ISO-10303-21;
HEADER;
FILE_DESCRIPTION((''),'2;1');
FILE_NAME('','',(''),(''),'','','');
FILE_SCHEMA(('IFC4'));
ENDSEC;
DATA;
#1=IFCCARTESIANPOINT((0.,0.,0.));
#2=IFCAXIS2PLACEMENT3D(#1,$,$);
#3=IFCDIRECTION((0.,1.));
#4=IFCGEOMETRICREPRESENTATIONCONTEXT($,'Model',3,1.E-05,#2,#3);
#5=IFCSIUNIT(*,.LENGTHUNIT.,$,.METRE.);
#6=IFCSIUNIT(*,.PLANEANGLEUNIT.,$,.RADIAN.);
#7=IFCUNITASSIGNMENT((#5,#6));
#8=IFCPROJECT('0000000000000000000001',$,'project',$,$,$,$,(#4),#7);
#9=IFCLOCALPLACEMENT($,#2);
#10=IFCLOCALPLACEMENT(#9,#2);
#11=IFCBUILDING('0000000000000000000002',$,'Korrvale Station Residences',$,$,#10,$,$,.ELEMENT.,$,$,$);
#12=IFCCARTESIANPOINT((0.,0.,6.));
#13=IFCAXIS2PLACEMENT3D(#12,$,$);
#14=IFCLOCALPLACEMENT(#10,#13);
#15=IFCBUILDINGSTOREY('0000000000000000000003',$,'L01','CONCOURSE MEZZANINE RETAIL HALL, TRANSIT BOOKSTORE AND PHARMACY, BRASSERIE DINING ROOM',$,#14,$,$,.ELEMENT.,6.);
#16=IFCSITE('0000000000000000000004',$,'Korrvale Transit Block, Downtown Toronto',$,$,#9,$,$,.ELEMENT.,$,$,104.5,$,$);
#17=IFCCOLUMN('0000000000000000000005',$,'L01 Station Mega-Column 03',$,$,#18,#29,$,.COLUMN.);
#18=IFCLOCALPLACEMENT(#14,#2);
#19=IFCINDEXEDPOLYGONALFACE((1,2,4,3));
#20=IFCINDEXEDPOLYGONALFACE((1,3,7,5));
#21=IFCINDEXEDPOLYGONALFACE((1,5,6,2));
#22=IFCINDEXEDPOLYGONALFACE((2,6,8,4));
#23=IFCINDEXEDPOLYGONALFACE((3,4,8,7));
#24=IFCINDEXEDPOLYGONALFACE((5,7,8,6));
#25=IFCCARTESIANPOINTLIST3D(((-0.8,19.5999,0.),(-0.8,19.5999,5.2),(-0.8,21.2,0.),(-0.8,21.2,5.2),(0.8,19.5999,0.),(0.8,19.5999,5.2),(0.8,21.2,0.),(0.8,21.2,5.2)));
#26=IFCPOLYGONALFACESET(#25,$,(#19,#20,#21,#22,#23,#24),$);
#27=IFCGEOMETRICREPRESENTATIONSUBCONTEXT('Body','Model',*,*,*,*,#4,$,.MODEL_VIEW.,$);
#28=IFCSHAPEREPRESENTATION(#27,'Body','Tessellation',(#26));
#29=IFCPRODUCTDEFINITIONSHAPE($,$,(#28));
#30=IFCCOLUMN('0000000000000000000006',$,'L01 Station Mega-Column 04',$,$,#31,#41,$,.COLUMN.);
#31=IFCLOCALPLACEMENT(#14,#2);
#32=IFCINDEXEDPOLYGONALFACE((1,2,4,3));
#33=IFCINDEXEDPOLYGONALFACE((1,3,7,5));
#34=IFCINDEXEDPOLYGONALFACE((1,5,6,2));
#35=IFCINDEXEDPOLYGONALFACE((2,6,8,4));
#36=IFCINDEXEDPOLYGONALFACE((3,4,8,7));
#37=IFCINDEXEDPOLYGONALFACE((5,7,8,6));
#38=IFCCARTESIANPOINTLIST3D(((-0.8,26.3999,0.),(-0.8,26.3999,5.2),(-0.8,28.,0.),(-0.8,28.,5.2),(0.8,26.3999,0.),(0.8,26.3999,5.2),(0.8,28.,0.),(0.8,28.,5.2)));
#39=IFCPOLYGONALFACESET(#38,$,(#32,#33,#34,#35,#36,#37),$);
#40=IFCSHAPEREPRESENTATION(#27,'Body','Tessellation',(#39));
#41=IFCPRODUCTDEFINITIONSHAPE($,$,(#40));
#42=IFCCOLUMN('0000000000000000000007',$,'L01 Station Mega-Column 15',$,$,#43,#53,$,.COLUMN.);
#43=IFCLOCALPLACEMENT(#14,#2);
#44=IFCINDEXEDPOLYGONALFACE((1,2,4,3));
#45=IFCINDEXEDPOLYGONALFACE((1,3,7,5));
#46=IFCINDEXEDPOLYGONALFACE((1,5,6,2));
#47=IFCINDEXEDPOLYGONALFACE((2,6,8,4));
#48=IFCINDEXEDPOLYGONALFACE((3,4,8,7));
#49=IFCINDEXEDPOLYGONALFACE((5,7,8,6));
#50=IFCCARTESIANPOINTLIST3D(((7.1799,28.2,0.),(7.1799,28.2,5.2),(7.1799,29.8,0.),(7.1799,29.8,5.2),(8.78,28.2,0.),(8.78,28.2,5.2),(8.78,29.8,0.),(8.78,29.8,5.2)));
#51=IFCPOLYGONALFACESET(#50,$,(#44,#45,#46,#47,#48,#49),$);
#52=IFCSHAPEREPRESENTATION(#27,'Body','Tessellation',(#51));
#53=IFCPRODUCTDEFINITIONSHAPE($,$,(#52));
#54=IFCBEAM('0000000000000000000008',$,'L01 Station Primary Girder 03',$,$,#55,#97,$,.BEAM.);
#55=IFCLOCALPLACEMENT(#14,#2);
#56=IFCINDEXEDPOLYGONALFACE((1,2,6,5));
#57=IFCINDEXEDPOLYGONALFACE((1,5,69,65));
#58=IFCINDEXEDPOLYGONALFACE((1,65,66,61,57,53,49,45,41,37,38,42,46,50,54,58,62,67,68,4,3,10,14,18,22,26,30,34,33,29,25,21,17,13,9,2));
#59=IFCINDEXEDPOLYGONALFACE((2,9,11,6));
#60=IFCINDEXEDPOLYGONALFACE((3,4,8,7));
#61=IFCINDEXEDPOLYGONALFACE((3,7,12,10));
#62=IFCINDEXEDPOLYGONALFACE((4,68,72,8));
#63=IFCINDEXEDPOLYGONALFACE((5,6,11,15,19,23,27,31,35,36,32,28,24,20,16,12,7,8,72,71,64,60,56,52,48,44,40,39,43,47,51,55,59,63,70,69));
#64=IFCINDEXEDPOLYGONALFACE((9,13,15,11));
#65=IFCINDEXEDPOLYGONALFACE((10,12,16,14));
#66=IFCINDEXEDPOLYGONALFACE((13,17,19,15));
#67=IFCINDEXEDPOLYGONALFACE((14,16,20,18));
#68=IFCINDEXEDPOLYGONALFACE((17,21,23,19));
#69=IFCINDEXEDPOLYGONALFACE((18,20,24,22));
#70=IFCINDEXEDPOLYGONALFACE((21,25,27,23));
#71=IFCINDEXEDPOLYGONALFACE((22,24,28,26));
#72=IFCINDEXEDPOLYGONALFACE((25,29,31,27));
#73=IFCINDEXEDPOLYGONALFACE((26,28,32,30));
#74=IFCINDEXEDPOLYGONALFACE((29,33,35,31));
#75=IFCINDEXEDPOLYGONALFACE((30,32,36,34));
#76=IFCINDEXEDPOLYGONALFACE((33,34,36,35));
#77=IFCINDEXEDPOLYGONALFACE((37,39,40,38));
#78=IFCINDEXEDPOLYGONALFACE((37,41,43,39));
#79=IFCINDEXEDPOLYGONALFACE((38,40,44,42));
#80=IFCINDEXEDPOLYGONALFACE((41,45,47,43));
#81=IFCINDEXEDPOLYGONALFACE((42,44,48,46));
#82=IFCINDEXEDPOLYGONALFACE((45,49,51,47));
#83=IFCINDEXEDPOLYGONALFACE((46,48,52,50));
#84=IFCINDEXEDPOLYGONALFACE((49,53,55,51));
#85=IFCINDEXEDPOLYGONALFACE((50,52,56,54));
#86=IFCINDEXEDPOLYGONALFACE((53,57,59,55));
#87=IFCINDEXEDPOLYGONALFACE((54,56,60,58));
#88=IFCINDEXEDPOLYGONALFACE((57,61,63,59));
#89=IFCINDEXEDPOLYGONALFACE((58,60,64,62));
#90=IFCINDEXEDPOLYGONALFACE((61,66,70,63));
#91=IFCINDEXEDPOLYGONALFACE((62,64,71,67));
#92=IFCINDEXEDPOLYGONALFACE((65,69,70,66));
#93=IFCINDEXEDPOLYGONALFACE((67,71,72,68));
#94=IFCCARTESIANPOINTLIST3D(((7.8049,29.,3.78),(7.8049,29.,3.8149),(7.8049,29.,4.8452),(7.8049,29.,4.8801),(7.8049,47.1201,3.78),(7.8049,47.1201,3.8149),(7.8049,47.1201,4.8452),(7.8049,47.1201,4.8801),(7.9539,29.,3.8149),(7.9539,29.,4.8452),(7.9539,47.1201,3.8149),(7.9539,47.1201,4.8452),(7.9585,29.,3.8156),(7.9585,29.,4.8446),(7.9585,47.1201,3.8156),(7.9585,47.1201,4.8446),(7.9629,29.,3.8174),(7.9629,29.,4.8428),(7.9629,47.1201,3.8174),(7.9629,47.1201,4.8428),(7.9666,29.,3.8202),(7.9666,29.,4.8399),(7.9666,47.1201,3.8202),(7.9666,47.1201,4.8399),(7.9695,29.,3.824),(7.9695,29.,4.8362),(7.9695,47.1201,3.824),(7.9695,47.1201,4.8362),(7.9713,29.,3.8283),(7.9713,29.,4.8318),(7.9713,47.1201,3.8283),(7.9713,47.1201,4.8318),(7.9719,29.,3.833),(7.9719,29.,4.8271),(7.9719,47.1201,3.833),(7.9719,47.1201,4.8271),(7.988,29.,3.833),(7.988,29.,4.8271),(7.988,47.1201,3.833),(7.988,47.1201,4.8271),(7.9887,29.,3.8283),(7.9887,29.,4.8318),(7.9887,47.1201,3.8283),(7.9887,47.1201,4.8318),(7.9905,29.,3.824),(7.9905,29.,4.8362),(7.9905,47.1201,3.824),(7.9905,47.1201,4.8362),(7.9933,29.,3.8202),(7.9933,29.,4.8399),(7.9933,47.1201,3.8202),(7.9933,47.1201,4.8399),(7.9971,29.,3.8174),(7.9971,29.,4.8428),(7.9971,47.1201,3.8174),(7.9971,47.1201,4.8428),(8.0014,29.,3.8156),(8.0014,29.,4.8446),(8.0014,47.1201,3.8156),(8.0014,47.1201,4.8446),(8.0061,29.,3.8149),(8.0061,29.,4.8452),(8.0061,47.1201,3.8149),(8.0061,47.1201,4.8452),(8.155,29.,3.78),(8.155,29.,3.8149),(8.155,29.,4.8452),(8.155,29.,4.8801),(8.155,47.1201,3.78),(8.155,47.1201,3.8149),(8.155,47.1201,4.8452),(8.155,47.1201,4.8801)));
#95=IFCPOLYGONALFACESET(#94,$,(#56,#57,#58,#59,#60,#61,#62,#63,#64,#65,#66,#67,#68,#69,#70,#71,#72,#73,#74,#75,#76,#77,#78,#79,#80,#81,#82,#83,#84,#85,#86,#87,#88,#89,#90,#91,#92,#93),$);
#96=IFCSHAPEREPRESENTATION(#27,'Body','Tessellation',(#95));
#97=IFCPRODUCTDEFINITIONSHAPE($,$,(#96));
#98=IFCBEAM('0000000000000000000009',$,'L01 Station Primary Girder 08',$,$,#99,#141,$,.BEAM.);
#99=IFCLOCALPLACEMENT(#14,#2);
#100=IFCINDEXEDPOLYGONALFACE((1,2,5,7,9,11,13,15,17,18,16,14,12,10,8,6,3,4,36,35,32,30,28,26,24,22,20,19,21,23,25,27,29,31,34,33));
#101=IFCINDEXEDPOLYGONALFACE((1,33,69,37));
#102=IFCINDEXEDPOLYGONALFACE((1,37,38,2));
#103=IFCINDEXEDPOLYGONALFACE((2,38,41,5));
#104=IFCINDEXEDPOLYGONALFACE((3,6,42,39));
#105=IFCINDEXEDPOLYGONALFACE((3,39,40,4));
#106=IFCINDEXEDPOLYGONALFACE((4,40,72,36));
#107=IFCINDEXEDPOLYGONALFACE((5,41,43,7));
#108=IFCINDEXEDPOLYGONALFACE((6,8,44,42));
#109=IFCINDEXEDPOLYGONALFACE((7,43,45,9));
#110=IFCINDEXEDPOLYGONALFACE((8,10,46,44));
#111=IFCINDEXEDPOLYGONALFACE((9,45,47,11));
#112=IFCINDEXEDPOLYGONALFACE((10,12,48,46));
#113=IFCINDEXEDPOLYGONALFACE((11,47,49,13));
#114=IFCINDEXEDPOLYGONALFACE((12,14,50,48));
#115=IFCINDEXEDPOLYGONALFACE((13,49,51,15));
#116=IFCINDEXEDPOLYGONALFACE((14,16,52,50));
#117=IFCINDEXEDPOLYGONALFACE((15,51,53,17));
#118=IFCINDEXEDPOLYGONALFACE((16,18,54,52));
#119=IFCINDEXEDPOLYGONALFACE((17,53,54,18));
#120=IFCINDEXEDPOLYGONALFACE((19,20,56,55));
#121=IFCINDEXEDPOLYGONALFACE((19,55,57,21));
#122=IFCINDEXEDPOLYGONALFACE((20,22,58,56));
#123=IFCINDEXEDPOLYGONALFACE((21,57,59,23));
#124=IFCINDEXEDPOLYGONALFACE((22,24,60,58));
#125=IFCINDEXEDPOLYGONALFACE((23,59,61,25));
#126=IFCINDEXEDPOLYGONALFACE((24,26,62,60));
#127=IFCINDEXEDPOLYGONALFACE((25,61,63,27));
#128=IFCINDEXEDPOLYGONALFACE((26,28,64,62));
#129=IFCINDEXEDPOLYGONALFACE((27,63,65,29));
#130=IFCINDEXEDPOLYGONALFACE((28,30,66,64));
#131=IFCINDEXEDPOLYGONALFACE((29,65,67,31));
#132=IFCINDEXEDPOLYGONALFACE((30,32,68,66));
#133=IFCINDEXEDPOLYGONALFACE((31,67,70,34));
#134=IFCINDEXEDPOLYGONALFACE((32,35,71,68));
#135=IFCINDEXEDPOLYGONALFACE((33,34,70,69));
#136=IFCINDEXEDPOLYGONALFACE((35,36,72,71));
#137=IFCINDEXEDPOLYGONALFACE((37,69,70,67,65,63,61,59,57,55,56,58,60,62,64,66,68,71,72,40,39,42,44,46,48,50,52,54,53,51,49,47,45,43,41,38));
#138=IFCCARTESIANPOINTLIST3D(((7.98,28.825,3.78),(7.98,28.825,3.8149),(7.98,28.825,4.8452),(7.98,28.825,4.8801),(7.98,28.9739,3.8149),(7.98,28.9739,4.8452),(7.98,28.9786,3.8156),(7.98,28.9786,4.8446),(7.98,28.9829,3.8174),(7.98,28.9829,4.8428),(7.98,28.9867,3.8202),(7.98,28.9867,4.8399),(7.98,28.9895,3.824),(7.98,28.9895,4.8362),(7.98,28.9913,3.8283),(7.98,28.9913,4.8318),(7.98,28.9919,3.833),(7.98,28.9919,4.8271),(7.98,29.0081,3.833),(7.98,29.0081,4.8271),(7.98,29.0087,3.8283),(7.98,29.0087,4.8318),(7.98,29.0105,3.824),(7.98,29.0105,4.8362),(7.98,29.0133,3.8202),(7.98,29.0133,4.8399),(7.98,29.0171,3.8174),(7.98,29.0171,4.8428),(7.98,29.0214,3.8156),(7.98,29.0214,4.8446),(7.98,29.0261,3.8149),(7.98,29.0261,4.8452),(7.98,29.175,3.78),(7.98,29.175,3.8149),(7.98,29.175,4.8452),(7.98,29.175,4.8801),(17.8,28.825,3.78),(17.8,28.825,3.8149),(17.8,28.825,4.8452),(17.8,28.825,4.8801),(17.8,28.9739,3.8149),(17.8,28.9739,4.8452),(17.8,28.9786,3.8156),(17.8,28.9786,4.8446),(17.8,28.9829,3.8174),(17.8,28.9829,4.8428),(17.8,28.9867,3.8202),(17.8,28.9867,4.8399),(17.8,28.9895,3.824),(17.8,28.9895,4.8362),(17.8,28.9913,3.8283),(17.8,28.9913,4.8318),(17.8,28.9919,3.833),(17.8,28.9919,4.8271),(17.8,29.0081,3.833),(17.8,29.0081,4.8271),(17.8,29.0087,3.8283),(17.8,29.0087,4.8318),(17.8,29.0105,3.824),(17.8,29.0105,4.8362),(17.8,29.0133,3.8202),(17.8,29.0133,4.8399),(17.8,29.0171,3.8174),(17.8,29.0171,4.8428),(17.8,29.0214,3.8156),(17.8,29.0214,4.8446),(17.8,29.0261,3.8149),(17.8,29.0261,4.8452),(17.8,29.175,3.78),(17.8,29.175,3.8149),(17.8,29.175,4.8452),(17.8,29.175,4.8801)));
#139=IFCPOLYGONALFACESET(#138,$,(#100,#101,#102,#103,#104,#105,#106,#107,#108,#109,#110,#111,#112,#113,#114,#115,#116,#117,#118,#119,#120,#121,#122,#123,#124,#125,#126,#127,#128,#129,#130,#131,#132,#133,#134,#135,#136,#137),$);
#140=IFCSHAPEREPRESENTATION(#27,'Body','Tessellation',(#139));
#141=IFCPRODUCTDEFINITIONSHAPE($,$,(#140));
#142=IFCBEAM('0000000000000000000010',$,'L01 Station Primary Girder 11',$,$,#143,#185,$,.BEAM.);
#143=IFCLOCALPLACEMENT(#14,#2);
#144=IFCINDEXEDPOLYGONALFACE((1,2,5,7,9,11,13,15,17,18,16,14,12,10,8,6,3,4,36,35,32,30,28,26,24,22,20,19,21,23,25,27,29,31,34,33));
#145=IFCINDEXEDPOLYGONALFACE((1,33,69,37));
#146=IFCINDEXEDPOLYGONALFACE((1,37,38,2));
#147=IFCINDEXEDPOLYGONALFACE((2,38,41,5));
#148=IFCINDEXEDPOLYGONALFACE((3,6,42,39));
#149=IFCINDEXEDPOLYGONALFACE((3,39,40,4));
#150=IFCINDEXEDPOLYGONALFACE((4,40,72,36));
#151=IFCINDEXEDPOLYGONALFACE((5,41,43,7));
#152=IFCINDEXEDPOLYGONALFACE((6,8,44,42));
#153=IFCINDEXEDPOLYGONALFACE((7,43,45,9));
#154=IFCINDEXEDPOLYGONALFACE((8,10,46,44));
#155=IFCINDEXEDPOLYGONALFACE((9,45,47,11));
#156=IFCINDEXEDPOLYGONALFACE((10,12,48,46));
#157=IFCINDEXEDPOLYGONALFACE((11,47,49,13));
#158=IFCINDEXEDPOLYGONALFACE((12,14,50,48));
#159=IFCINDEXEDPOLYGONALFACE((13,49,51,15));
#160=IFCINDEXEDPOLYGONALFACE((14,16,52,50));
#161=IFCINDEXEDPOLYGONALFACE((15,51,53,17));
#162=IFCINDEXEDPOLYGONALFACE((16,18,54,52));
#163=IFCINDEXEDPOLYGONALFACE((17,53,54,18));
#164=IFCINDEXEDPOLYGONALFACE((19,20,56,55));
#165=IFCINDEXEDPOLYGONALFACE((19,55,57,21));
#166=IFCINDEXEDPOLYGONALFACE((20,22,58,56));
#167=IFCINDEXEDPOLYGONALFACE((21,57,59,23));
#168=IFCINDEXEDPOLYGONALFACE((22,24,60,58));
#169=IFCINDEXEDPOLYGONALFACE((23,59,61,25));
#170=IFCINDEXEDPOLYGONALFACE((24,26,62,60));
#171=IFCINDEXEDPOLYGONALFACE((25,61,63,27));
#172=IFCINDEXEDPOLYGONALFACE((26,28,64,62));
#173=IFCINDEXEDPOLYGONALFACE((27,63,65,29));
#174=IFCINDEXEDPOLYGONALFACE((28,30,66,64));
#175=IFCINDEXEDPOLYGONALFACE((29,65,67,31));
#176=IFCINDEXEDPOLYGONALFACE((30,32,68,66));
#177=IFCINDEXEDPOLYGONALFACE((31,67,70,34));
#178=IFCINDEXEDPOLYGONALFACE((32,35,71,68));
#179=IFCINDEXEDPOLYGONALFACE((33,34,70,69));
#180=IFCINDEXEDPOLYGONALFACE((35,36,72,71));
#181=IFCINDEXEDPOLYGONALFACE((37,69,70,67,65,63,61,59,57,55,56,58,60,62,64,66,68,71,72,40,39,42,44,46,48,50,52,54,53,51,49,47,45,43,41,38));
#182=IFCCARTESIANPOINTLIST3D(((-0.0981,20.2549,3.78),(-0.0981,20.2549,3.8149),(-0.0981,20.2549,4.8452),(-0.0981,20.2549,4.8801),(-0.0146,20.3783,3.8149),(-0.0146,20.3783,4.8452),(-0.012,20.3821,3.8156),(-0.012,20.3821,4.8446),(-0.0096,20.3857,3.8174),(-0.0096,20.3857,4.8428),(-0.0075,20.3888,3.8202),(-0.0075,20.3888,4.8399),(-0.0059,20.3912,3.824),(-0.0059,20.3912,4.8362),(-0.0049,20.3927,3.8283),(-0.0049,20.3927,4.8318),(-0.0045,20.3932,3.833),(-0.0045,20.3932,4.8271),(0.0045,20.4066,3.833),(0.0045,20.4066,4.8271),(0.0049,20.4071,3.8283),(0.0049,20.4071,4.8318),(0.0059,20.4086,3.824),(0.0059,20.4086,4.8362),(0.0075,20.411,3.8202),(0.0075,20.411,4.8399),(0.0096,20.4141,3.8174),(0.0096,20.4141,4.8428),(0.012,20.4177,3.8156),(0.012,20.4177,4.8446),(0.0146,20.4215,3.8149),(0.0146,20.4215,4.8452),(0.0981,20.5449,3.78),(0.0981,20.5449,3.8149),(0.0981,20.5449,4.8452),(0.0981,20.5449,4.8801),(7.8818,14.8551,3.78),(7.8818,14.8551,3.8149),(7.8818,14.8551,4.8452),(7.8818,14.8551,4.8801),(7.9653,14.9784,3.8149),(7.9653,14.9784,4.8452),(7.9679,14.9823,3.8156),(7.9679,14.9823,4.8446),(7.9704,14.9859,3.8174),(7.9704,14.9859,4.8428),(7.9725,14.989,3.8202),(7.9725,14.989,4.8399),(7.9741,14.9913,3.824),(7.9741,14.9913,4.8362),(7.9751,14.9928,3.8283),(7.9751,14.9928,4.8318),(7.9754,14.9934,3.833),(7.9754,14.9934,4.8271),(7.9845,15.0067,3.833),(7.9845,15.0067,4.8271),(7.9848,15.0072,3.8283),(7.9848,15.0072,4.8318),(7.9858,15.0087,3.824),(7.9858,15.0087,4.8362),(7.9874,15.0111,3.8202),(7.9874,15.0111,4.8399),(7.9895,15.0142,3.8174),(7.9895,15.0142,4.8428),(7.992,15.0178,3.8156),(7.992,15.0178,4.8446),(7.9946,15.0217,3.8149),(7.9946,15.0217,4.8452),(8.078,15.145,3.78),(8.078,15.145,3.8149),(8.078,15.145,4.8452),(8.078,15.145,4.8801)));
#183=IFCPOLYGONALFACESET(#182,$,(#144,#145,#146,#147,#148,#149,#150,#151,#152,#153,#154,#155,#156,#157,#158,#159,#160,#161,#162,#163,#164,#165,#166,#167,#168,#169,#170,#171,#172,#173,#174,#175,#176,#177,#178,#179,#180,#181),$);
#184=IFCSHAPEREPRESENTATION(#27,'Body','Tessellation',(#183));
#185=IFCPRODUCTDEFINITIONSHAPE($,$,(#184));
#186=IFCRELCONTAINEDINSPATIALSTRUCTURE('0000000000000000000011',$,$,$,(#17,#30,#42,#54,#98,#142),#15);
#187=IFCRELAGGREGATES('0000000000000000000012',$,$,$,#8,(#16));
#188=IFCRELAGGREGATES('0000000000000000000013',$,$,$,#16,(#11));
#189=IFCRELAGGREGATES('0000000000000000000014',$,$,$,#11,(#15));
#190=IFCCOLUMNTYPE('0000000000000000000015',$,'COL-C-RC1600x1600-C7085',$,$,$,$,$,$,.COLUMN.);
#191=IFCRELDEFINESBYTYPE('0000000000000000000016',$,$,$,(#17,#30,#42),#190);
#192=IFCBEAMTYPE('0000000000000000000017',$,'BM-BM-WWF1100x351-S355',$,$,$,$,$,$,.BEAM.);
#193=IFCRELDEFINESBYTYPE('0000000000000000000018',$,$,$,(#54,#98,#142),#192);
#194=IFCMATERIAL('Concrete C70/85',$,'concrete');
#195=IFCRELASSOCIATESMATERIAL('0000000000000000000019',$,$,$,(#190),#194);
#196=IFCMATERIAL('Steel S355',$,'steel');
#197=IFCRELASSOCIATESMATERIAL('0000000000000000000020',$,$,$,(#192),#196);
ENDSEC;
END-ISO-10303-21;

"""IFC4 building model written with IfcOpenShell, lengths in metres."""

from ifc_helpers import new_model, si_unit, direction, frame, origin, origin_2d, place, context, subcontext, project, spatial, rectangle, i_section, extrude, material, material_profile, profile_set, type_object, element, save


model = new_model("IFC4")

# Units and contexts
model_context = context("Model", 3, precision=1e-05, world=origin(), true_north=direction((0.0, 1.0)))
body_context = subcontext(model_context, "Body", "Model", "MODEL_VIEW")
ifc_project = project(units=[si_unit("LENGTHUNIT", "METRE"), si_unit("PLANEANGLEUNIT", "RADIAN")], contexts=[model_context])

# Site, building, storey
site_placement = place(None, origin())
site = spatial("IfcSite", under=ifc_project, at=site_placement, Name="Korrvale Transit Block, Downtown Toronto", CompositionType="ELEMENT", RefElevation=104.5)
building_placement = place(site_placement, origin())
building = spatial("IfcBuilding", under=site, at=building_placement, Name="Korrvale Station Residences", CompositionType="ELEMENT")
storey_placement = place(building_placement, frame((0.0, 0.0, 6.0)))
storey = spatial("IfcBuildingStorey", under=building, at=storey_placement, Name="L01", Description="CONCOURSE MEZZANINE RETAIL HALL, TRANSIT BOOKSTORE AND PHARMACY, BRASSERIE DINING ROOM", CompositionType="ELEMENT", Elevation=6.0)

# Columns
ifc_material_1 = material(Name="Concrete C70/85", Category="concrete")
ifc_material_profile_1 = material_profile(ifc_material_1, rectangle(XDim=1.6001, YDim=1.6001, at=origin_2d()), Name="RC1600x1600")
ifc_profile_set_1 = profile_set([ifc_material_profile_1], Name="Concrete C70/85")
column_type = type_object("IfcColumnType", Name="COL-C-RC1600x1600-C7085", PredefinedType="COLUMN", material=ifc_profile_set_1)
for number, where, z_axis, x_axis, name in (
    (1, (0.0, 20.3999, 0.0), (0.0, 0.0, 1.0), (1.0, 0.0, 0.0), "L01 Station Mega-Column 03"),
    (2, (0.0, 27.2, 0.0), (0.0, 0.0, 1.0), (1.0, 0.0, 0.0), "L01 Station Mega-Column 04"),
    (3, (7.98, 29.0, 0.0), (0.0, 0.0, 1.0), (1.0, 0.0, 0.0), "L01 Station Mega-Column 15"),
):
    element("IfcColumn", number, at=place(storey_placement, frame(where, z_axis=z_axis, x_axis=x_axis)), inside=storey, type_object=column_type, Name=name, PredefinedType="COLUMN", context=body_context, shape_type="SweptSolid", body=[
        extrude(rectangle(XDim=1.6001, YDim=1.6001, at=origin_2d()), origin(), (0.0, 0.0, 1.0), 5.2),
    ])

# Beams
ifc_material_2 = material(Name="Steel S355", Category="steel")
ifc_material_profile_2 = material_profile(ifc_material_2, i_section(OverallWidth=0.3501, OverallDepth=1.1001, WebThickness=0.0161, FlangeThickness=0.0349, FilletRadius=0.0181, at=origin_2d()), Name="WWF1100x351")
ifc_profile_set_2 = profile_set([ifc_material_profile_2], Name="Steel S355")
beam_type_1 = type_object("IfcBeamType", Name="BM-BM-WWF1100x351-S355", PredefinedType="BEAM", material=ifc_profile_set_2)
beam_1_placement = place(storey_placement, frame((7.98, 29.0, 4.3301), z_axis=(0.0, 1.0, 0.0), x_axis=(-1.0, 0.0, 0.0)))
element("IfcBeam", 4, at=beam_1_placement, inside=storey, type_object=beam_type_1, Name="L01 Station Primary Girder 03", PredefinedType="BEAM", context=body_context, shape_type="SweptSolid", body=[
    extrude(i_section(OverallWidth=0.3501, OverallDepth=1.1001, WebThickness=0.0161, FlangeThickness=0.0349, FilletRadius=0.0181, at=origin_2d()), origin(), (0.0, 0.0, 1.0), 18.1201),
])
beam_2_placement = place(storey_placement, frame((7.98, 29.0, 4.3301), z_axis=(1.0, 0.0, 0.0), x_axis=(0.0, 1.0, 0.0)))
element("IfcBeam", 5, at=beam_2_placement, inside=storey, type_object=beam_type_1, Name="L01 Station Primary Girder 08", PredefinedType="BEAM", context=body_context, shape_type="SweptSolid", body=[
    extrude(i_section(OverallWidth=0.3501, OverallDepth=1.1001, WebThickness=0.0161, FlangeThickness=0.0349, FilletRadius=0.0181, at=origin_2d()), origin(), (0.0, 0.0, 1.0), 9.8201),
])
beam_3_placement = place(storey_placement, frame((0.0, 20.3999, 4.3301), z_axis=(0.828202, -0.560429, 0.0), x_axis=(0.560429, 0.828202, 0.0)))
element("IfcBeam", 6, at=beam_3_placement, inside=storey, type_object=beam_type_1, Name="L01 Station Primary Girder 11", PredefinedType="BEAM", context=body_context, shape_type="SweptSolid", body=[
    extrude(i_section(OverallWidth=0.3501, OverallDepth=1.1001, WebThickness=0.0161, FlangeThickness=0.0349, FilletRadius=0.0181, at=origin_2d()), origin(), (0.0, 0.0, 1.0), 9.6353),
])

save(model, "model.ifc")
